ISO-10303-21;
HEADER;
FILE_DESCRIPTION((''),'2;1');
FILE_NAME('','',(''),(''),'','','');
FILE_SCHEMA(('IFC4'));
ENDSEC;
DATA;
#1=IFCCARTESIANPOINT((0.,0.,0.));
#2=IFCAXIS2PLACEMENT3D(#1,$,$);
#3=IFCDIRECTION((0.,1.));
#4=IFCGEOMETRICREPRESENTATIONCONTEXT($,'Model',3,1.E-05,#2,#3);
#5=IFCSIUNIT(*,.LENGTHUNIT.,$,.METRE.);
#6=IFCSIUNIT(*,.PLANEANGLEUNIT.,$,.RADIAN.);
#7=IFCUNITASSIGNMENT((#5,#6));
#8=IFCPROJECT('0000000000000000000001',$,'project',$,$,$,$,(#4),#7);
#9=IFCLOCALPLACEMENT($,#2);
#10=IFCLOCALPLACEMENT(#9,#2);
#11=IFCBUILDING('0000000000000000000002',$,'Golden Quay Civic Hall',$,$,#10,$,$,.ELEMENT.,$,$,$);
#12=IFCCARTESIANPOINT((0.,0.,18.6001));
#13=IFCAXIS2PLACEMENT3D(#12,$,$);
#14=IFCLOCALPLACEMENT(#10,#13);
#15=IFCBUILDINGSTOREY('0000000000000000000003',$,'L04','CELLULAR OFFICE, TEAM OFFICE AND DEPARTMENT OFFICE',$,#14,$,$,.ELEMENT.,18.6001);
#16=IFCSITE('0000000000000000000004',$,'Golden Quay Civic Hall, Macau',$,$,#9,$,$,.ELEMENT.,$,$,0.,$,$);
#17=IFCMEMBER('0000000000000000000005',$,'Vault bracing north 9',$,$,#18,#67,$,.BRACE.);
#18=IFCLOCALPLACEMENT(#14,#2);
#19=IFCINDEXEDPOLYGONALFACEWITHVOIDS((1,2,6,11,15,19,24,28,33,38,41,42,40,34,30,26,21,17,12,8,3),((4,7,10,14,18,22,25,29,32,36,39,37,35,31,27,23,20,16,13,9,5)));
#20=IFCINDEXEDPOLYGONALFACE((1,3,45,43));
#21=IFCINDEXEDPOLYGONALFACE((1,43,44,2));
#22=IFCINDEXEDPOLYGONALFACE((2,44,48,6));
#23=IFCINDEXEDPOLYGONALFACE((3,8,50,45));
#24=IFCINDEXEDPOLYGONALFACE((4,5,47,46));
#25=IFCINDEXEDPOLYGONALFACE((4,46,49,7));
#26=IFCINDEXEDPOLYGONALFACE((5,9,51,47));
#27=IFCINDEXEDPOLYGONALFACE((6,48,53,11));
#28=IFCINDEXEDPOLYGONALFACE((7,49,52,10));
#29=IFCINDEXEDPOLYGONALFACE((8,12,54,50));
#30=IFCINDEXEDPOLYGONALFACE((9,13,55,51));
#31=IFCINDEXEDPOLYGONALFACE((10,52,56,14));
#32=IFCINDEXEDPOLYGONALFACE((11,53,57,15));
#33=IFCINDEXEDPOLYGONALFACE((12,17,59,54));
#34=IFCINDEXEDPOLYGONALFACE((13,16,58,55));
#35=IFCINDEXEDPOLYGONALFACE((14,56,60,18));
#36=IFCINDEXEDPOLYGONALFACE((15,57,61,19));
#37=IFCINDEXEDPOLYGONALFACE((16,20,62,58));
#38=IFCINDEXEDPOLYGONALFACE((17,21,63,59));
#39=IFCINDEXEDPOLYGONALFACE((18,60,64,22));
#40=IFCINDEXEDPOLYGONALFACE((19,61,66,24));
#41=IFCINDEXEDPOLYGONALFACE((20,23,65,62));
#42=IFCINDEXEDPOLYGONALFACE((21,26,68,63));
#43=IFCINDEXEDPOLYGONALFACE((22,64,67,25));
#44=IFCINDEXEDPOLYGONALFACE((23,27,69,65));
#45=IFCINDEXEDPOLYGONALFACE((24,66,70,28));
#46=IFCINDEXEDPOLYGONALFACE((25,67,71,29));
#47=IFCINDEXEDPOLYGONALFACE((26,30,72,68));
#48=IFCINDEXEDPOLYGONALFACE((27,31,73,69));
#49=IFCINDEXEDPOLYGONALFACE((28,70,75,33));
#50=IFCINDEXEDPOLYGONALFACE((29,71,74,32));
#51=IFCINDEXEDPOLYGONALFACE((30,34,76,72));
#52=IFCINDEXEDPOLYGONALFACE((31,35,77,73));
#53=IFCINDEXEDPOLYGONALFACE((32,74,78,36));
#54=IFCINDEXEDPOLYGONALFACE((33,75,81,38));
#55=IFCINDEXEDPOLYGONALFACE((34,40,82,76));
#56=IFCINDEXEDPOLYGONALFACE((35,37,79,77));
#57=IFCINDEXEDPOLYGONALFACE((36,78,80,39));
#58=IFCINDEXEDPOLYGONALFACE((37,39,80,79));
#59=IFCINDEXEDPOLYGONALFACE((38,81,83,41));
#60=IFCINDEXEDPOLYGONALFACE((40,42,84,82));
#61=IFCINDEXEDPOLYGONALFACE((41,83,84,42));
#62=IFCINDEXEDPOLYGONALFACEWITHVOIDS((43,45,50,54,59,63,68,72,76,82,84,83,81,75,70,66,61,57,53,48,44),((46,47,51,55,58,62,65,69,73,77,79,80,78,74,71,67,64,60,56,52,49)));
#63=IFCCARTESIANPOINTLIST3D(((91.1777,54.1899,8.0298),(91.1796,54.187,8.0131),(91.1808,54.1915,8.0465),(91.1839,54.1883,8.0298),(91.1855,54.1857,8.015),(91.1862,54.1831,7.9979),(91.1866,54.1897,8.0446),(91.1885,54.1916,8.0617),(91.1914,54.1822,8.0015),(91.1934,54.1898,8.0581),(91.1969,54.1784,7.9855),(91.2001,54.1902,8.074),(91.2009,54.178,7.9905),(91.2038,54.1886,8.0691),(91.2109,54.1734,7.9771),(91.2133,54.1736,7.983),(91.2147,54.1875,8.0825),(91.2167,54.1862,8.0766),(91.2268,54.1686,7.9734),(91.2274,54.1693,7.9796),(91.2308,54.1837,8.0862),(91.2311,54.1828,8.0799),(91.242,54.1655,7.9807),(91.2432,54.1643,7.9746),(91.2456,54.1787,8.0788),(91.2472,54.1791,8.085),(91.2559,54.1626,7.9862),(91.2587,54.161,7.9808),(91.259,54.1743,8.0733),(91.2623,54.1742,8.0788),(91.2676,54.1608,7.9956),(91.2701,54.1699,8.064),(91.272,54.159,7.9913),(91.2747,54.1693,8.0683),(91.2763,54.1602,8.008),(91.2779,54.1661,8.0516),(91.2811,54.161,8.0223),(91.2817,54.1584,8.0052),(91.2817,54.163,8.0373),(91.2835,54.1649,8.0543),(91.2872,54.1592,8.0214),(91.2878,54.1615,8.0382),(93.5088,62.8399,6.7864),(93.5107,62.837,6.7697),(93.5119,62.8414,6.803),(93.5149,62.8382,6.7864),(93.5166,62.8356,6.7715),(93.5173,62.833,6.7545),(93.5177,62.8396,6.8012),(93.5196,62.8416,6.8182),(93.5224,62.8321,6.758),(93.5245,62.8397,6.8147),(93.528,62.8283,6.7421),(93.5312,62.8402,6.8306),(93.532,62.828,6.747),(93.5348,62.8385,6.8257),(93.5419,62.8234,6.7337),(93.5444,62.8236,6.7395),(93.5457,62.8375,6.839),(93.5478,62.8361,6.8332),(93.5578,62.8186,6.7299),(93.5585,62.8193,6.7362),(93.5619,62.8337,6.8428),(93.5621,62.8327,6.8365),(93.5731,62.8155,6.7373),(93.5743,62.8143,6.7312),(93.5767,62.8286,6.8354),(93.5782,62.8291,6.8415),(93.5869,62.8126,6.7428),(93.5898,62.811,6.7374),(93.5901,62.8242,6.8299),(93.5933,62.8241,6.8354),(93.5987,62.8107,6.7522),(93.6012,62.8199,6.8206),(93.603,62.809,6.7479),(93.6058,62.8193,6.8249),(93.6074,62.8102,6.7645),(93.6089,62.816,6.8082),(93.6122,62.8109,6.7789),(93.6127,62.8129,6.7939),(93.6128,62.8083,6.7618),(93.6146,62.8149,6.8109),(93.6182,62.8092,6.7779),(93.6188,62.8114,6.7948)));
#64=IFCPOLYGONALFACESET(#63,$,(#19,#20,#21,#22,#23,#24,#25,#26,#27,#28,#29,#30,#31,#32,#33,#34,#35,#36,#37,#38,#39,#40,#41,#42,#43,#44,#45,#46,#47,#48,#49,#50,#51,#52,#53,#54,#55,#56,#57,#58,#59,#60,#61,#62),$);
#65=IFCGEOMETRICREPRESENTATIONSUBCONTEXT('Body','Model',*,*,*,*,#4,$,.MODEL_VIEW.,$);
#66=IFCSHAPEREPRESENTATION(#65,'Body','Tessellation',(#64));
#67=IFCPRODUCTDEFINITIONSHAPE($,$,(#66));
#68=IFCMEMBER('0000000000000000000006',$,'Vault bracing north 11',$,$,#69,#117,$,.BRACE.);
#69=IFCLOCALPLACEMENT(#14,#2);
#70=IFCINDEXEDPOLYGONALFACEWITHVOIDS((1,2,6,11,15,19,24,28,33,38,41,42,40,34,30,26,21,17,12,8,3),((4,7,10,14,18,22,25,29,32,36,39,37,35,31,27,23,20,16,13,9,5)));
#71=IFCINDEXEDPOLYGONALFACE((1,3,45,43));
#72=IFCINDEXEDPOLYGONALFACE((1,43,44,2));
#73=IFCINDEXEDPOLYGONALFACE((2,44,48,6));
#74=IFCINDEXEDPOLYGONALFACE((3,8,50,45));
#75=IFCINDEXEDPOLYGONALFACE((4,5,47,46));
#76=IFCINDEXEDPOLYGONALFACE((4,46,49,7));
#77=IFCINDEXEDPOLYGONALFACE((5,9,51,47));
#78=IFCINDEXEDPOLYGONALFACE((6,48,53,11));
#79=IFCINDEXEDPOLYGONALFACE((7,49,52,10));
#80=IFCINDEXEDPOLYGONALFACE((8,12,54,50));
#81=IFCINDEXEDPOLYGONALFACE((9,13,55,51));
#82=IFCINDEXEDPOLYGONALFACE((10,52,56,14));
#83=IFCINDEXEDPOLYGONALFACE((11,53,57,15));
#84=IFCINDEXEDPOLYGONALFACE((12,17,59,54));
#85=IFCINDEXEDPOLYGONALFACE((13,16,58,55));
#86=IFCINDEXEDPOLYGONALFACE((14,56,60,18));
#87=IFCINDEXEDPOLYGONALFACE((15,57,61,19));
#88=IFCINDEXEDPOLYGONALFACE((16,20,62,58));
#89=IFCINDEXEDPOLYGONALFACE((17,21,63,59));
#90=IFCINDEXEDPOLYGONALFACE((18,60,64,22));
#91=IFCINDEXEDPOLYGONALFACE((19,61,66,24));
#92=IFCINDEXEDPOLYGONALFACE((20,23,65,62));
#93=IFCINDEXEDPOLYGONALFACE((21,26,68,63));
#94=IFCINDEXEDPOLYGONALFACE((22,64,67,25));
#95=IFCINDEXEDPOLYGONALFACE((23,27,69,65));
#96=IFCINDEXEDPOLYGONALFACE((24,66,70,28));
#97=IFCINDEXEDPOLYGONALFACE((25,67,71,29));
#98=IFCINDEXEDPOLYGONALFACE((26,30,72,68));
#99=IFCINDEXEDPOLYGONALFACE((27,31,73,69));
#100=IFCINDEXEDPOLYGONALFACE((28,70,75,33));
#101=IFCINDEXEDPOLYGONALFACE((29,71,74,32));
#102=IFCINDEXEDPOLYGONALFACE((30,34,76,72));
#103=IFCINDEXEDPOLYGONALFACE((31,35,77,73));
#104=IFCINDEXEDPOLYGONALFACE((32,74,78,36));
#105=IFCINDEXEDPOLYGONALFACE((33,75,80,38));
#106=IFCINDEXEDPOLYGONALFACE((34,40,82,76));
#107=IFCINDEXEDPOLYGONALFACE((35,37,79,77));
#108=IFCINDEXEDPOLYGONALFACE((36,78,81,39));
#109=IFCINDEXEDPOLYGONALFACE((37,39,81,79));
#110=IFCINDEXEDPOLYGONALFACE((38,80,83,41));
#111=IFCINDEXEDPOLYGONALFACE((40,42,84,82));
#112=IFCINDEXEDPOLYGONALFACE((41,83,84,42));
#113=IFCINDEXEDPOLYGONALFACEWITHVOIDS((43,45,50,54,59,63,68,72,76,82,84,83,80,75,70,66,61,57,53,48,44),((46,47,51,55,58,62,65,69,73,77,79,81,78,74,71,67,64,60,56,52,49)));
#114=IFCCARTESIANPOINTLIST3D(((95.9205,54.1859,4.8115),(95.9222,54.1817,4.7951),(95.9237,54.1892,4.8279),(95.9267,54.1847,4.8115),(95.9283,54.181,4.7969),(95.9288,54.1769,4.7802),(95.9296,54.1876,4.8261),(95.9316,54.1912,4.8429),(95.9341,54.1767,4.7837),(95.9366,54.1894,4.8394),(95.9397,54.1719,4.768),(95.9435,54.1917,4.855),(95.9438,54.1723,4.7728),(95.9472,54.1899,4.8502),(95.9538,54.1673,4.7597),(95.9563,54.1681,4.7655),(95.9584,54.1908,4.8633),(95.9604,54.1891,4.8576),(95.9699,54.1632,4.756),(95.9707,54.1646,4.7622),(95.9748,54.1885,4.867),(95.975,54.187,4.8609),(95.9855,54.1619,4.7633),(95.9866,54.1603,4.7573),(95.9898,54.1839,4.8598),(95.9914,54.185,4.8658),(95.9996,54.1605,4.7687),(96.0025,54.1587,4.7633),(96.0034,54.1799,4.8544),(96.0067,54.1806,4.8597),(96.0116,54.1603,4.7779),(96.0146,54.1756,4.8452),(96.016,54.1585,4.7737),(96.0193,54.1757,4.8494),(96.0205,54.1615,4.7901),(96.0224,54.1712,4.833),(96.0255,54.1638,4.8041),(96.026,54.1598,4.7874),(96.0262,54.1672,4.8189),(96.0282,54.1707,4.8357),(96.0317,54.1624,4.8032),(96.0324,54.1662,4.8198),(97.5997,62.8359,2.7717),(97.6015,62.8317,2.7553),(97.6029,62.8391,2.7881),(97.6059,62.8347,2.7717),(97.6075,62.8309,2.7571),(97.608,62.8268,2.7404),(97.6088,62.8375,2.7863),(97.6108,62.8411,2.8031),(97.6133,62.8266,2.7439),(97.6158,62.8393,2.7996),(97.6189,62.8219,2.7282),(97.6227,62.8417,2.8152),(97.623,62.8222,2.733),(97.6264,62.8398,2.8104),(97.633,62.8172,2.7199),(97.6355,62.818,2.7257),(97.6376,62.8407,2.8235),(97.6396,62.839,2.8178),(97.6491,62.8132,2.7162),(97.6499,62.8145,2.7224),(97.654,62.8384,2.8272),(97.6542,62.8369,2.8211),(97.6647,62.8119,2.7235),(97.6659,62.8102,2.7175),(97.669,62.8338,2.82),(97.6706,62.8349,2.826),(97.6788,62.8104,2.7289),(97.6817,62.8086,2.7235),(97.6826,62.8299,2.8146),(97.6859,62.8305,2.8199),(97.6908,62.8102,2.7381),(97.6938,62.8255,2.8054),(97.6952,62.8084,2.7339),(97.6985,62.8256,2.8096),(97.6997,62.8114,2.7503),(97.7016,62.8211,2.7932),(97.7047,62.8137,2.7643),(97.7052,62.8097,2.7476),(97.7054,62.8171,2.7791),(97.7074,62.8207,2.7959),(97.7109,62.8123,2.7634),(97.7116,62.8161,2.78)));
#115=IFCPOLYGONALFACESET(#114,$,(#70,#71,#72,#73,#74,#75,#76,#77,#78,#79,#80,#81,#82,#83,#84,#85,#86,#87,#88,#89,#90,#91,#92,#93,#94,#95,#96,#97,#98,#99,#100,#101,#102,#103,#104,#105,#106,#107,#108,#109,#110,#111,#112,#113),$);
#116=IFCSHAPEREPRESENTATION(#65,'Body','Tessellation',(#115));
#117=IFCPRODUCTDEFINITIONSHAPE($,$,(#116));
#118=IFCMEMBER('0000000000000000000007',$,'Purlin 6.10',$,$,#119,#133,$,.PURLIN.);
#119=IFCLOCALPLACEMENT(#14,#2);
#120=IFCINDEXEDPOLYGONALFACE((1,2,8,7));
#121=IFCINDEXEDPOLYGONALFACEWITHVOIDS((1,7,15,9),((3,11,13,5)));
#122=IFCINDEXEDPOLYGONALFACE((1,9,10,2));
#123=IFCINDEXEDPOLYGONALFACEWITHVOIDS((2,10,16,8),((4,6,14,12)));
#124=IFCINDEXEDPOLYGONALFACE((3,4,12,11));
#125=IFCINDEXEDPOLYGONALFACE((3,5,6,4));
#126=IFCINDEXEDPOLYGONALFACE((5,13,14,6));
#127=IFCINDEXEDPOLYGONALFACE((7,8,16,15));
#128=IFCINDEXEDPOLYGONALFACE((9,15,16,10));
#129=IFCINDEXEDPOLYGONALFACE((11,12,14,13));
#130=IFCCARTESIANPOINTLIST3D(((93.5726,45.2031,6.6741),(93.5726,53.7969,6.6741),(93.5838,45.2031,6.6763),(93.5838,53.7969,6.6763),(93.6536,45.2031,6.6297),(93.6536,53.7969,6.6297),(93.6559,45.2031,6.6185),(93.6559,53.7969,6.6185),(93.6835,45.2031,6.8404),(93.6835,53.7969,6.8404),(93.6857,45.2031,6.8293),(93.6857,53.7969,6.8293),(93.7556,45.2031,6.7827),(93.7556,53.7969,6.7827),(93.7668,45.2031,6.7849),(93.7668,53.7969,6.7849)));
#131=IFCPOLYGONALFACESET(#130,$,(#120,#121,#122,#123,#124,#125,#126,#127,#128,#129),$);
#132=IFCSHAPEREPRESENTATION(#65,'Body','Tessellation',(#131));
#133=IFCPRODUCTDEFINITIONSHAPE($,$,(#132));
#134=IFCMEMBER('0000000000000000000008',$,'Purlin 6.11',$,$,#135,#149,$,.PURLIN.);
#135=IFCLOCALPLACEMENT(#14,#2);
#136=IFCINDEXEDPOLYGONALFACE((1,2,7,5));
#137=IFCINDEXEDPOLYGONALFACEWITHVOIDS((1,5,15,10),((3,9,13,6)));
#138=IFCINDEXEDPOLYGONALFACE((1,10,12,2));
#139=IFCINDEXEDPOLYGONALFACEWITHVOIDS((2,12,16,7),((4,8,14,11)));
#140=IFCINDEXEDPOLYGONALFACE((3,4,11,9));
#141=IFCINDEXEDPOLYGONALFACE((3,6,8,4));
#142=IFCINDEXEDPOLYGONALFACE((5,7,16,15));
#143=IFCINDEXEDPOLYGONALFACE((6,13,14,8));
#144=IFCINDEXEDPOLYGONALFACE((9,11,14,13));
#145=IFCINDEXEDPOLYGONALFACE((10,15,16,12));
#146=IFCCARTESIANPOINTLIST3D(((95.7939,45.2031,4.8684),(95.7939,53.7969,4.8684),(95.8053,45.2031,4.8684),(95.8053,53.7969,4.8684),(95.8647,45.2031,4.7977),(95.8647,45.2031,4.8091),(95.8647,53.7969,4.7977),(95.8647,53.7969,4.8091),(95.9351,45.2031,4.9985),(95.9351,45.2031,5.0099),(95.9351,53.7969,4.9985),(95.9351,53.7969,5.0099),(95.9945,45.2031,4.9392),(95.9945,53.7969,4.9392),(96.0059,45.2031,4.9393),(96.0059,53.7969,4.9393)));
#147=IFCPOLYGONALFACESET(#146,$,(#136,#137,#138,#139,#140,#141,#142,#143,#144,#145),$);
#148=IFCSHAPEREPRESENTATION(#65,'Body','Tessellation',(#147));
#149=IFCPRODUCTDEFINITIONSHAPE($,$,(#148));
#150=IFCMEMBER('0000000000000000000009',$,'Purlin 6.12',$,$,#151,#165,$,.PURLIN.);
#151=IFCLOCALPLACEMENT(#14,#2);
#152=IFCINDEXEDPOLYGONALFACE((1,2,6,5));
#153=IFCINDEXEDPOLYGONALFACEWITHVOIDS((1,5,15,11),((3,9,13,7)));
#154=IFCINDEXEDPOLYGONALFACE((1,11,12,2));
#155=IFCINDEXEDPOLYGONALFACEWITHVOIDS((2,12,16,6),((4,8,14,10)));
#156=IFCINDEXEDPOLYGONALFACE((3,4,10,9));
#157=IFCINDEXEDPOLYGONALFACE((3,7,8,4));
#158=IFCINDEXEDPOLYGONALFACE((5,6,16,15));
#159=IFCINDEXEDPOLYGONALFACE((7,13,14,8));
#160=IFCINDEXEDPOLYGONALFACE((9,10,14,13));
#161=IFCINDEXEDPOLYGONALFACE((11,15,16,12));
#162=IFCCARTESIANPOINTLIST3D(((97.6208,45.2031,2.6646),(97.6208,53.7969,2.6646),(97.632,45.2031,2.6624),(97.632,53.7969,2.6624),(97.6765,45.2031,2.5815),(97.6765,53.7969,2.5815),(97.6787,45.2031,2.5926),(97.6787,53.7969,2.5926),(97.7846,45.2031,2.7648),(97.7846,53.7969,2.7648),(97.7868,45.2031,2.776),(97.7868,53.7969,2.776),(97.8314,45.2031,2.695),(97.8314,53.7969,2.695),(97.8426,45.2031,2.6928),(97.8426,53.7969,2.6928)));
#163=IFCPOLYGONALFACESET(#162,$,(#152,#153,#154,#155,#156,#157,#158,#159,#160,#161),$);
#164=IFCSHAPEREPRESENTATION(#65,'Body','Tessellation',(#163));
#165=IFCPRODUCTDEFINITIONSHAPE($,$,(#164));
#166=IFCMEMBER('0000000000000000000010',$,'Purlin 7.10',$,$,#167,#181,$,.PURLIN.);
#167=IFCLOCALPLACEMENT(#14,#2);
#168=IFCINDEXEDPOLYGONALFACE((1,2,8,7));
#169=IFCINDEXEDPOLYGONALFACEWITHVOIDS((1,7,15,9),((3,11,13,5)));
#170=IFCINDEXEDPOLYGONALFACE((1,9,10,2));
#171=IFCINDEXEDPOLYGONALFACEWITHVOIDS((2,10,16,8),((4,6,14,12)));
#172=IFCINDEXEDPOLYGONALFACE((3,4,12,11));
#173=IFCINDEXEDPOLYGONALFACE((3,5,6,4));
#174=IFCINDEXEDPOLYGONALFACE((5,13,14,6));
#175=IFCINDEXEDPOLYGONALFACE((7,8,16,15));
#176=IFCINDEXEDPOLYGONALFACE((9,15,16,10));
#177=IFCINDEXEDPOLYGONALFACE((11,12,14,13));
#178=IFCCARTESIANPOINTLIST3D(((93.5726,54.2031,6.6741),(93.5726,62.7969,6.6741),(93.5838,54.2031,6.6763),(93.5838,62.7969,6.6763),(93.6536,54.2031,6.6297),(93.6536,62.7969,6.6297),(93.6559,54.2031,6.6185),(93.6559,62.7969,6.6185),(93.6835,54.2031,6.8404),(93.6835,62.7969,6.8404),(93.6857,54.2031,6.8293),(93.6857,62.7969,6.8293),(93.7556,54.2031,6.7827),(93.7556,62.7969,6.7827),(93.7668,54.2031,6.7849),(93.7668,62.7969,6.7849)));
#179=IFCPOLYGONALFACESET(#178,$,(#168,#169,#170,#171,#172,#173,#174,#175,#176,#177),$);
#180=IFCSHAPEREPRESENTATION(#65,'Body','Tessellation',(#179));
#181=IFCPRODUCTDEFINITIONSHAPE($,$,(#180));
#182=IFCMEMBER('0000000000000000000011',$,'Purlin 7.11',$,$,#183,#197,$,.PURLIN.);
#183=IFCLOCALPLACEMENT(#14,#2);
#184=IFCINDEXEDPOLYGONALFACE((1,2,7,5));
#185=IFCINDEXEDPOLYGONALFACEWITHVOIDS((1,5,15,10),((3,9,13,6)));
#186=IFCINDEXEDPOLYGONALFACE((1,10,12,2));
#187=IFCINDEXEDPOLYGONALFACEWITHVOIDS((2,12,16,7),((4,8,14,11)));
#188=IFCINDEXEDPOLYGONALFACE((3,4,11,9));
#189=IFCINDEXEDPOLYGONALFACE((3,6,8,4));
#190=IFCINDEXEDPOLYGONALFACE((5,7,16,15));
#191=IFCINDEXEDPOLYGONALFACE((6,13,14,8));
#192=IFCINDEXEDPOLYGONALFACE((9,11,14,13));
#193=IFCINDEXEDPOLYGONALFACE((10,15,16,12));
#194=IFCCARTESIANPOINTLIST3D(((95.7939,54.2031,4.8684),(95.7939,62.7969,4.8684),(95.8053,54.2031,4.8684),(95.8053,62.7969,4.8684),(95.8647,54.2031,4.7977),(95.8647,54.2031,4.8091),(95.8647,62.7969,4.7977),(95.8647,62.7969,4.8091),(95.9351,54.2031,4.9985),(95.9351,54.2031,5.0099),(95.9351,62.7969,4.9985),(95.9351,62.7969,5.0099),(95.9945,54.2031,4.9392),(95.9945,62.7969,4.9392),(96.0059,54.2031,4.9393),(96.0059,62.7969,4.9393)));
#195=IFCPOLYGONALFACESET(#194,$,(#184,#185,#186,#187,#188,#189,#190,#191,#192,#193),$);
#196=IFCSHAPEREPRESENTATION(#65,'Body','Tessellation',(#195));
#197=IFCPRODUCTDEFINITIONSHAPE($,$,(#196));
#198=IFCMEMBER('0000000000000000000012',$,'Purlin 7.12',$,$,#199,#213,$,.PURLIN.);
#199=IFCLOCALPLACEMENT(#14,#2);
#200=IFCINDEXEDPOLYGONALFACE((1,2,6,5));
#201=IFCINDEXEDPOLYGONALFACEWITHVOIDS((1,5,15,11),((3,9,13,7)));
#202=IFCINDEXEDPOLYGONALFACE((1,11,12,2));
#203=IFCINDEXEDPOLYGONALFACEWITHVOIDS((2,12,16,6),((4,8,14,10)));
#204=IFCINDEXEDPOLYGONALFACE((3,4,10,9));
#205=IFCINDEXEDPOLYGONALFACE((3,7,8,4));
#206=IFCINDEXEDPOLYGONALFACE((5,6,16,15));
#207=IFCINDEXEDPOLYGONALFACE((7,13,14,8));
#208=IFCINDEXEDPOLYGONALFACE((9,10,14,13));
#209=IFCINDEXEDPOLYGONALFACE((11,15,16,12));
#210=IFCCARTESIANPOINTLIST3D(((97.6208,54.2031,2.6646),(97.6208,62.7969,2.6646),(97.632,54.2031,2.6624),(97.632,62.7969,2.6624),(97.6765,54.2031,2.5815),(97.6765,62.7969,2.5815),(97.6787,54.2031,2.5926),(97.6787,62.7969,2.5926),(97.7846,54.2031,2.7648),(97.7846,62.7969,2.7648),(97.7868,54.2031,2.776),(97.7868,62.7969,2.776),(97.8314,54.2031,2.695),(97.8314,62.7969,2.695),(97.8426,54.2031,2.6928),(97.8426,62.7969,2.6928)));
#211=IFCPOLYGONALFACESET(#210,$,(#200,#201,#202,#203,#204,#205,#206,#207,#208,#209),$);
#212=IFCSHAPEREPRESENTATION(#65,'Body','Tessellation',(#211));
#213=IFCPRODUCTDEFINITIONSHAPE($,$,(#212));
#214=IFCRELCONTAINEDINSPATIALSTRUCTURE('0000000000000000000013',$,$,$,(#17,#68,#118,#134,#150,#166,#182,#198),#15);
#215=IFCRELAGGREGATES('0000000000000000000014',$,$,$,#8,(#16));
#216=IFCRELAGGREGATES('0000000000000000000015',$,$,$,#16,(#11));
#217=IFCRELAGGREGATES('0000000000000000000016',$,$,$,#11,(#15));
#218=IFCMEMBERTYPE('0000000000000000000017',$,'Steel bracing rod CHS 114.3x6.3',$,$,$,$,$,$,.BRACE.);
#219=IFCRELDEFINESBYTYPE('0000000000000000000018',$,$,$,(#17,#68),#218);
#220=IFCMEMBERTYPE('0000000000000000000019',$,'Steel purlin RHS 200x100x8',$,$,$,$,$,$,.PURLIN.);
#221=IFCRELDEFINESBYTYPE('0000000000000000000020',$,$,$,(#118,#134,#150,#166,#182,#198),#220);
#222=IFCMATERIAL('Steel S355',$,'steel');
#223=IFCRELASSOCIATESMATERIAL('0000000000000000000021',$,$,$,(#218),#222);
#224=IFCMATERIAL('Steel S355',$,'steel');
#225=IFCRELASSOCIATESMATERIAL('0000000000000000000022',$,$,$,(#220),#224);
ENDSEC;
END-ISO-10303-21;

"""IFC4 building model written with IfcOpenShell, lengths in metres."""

from ifc_helpers import new_model, si_unit, direction, frame, origin, origin_2d, place, context, subcontext, project, spatial, hollow_rectangle, hollow_circle, extrude, material, material_profile, profile_set, type_object, element, save


model = new_model("IFC4")

# Units and contexts
model_context = context("Model", 3, precision=1e-05, world=origin(), true_north=direction((0.0, 1.0)))
body_context = subcontext(model_context, "Body", "Model", "MODEL_VIEW")
ifc_project = project(units=[si_unit("LENGTHUNIT", "METRE"), si_unit("PLANEANGLEUNIT", "RADIAN")], contexts=[model_context])

# Site, building, storey
site_placement = place(None, origin())
site = spatial("IfcSite", under=ifc_project, at=site_placement, Name="Golden Quay Civic Hall, Macau", CompositionType="ELEMENT", RefElevation=0.0)
building_placement = place(site_placement, origin())
building = spatial("IfcBuilding", under=site, at=building_placement, Name="Golden Quay Civic Hall", CompositionType="ELEMENT")
storey_placement = place(building_placement, frame((0.0, 0.0, 18.6001)))
storey = spatial("IfcBuildingStorey", under=building, at=storey_placement, Name="L04", Description="CELLULAR OFFICE, TEAM OFFICE AND DEPARTMENT OFFICE", CompositionType="ELEMENT", Elevation=18.6001)

# Members
ifc_material_1 = material(Name="Steel S355", Category="steel")
ifc_material_profile_1 = material_profile(ifc_material_1, hollow_circle(Radius=0.0571, WallThickness=0.0063, at=origin_2d()), Name="CHS 114.3x6.3")
ifc_profile_set_1 = profile_set([ifc_material_profile_1], Name="Steel S355")
member_type_1 = type_object("IfcMemberType", Name="Steel bracing rod CHS 114.3x6.3", PredefinedType="BRACE", material=ifc_profile_set_1)
for number, where, z_axis, x_axis, name in (
    (1, (91.2329, 54.175, 8.0298), (0.257735, 0.956385, -0.137479), (-0.965553, 0.260206, 0.0), "Vault bracing north 9"),
    (2, (95.9766, 54.175, 4.8115), (0.185662, 0.956381, -0.225531), (-0.981673, 0.190572, 0.0), "Vault bracing north 11"),
):
    element("IfcMember", number, at=place(storey_placement, frame(where, z_axis=z_axis, x_axis=x_axis)), inside=storey, type_object=member_type_1, Name=name, PredefinedType="BRACE", context=body_context, shape_type="SweptSolid", body=[
        extrude(hollow_circle(Radius=0.0571, WallThickness=0.0063, at=origin_2d()), origin(), (0.0, 0.0, 1.0), 9.0444),
    ])
ifc_material_2 = material(Name="Steel S355", Category="steel")
ifc_material_profile_2 = material_profile(ifc_material_2, hollow_rectangle(XDim=0.1001, YDim=0.2, WallThickness=0.0081, at=origin_2d()), Name="RHS 200x100x8")
ifc_profile_set_2 = profile_set([ifc_material_profile_2], Name="Steel S355")
member_type_2 = type_object("IfcMemberType", Name="Steel purlin RHS 200x100x8", PredefinedType="PURLIN", material=ifc_profile_set_2)
for number, where, z_axis, x_axis, name in (
    (3, (93.6697, 45.2031, 6.7295), (0.0, 1.0, 0.0), (-0.83205, 0.0, 0.5547), "Purlin 6.10"),
    (4, (95.8999, 45.2031, 4.9038), (0.0, 1.0, 0.0), (-0.708092, 0.0, 0.70612), "Purlin 6.11"),
    (5, (97.7317, 45.2031, 2.6787), (0.0, 1.0, 0.0), (-0.557019, 0.0, 0.8305), "Purlin 6.12"),
    (6, (93.6697, 54.2031, 6.7295), (0.0, 1.0, 0.0), (-0.83205, 0.0, 0.5547), "Purlin 7.10"),
    (7, (95.8999, 54.2031, 4.9038), (0.0, 1.0, 0.0), (-0.708092, 0.0, 0.70612), "Purlin 7.11"),
    (8, (97.7317, 54.2031, 2.6787), (0.0, 1.0, 0.0), (-0.557019, 0.0, 0.8305), "Purlin 7.12"),
):
    element("IfcMember", number, at=place(storey_placement, frame(where, z_axis=z_axis, x_axis=x_axis)), inside=storey, type_object=member_type_2, Name=name, PredefinedType="PURLIN", context=body_context, shape_type="SweptSolid", body=[
        extrude(hollow_rectangle(XDim=0.1001, YDim=0.2, WallThickness=0.0081, at=origin_2d()), origin(), (0.0, 0.0, 1.0), 8.5938),
    ])

save(model, "model.ifc")
